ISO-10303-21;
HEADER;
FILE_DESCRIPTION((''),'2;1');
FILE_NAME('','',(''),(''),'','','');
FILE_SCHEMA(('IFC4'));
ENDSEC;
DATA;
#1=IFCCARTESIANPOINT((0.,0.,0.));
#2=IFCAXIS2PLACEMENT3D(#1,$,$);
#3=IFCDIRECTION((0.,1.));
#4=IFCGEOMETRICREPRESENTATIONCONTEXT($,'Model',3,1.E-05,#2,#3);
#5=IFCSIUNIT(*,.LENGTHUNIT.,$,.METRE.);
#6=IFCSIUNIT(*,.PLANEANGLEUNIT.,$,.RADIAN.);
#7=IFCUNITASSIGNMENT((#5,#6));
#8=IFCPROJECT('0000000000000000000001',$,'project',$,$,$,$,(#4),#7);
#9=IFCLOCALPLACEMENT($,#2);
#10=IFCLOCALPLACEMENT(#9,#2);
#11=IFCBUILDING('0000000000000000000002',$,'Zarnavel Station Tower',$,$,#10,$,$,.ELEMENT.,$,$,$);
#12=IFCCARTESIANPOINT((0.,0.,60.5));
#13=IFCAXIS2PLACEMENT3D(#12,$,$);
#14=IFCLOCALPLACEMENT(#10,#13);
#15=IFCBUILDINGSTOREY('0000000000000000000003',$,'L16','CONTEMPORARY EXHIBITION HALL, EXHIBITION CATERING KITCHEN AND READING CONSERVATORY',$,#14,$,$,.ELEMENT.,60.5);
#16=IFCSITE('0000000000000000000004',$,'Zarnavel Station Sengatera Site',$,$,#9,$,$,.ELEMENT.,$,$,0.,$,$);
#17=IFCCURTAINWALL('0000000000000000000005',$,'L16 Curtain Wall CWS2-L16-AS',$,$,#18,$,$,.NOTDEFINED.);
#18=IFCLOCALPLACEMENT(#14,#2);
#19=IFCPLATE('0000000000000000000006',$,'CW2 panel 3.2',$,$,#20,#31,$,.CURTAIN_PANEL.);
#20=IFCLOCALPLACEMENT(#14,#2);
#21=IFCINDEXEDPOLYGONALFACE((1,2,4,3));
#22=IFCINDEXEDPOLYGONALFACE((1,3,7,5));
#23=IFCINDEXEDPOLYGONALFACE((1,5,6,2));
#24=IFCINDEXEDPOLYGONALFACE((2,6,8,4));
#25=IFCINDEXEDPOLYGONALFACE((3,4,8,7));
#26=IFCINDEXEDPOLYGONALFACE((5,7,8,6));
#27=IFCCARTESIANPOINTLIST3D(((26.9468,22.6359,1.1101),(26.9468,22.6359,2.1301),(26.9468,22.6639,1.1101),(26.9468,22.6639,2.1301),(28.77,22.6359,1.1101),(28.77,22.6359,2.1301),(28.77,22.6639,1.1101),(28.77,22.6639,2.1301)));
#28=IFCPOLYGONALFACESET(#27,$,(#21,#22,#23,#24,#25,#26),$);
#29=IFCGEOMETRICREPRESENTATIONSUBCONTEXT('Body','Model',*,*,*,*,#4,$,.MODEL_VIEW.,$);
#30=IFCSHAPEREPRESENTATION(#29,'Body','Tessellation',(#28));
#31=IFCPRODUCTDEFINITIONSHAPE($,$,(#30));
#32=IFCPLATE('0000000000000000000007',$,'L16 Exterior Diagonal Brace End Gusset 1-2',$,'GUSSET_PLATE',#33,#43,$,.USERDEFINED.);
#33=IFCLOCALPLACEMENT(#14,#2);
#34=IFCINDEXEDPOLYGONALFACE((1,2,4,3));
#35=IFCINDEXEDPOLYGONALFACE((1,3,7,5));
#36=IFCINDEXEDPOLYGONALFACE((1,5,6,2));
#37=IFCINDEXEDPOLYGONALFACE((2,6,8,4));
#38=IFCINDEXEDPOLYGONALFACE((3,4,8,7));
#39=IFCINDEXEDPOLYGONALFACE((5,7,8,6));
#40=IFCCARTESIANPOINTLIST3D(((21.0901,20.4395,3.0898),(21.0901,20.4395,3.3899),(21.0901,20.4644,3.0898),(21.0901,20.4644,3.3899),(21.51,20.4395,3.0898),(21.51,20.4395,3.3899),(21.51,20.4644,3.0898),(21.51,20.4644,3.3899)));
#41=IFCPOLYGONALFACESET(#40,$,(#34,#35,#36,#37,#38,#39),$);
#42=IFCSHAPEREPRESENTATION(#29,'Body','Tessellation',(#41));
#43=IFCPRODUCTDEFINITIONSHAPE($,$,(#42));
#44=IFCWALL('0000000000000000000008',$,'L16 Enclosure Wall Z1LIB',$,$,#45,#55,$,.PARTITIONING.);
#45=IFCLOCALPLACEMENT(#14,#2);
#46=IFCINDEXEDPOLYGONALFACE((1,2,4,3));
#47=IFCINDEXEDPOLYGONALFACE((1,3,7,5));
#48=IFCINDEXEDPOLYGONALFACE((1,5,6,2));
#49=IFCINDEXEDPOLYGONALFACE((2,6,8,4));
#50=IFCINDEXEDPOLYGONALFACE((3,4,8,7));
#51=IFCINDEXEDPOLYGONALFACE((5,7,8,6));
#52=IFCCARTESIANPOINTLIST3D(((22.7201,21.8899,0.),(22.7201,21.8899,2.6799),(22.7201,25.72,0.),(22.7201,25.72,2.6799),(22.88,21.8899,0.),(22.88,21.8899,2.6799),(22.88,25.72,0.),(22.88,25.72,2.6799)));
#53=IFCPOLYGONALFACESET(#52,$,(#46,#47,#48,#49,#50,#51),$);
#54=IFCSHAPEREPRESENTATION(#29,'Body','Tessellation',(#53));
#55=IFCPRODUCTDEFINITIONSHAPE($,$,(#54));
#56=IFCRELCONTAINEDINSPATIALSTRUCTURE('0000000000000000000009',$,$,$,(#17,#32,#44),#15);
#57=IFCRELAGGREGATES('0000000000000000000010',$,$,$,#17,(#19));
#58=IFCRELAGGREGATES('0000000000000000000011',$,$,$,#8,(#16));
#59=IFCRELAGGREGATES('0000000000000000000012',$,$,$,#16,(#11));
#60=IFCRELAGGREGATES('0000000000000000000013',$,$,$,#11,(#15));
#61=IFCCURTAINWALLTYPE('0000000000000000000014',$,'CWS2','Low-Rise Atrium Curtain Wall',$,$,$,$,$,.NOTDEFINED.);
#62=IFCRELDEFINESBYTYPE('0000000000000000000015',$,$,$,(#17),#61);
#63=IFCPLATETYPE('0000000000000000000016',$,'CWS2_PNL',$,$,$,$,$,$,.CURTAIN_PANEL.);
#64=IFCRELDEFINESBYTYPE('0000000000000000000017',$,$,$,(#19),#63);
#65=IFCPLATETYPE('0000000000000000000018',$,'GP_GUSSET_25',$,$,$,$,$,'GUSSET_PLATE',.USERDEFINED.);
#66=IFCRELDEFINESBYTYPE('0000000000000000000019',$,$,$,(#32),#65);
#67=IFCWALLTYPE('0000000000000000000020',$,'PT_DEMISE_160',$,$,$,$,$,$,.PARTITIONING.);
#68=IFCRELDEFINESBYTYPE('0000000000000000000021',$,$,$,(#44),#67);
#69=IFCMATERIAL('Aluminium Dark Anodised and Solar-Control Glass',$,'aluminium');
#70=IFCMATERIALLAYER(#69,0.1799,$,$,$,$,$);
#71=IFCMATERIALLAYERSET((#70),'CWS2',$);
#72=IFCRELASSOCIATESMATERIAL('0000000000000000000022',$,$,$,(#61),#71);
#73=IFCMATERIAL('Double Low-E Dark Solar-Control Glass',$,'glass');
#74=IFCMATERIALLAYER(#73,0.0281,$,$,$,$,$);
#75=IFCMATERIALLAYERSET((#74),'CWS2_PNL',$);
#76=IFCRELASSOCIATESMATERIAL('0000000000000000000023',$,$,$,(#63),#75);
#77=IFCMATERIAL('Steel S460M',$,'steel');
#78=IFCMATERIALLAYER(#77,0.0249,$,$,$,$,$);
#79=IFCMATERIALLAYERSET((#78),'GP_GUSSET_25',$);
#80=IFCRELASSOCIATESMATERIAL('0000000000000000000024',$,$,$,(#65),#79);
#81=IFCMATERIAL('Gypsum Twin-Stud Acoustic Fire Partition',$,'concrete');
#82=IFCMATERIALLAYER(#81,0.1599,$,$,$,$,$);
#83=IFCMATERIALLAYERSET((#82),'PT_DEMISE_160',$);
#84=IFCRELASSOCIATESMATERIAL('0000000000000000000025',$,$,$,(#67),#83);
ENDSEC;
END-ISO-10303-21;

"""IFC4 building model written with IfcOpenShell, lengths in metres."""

from ifc_helpers import new_model, si_unit, direction, frame, frame_2d, origin, origin_2d, place, context, subcontext, project, spatial, rectangle, extrude, material, layer, layer_set, type_object, element, aggregate, save


model = new_model("IFC4")

# Units and contexts
model_context = context("Model", 3, precision=1e-05, world=origin(), true_north=direction((0.0, 1.0)))
body_context = subcontext(model_context, "Body", "Model", "MODEL_VIEW")
ifc_project = project(units=[si_unit("LENGTHUNIT", "METRE"), si_unit("PLANEANGLEUNIT", "RADIAN")], contexts=[model_context])

# Site, building, storey
site_placement = place(None, origin())
site = spatial("IfcSite", under=ifc_project, at=site_placement, Name="Zarnavel Station Sengatera Site", CompositionType="ELEMENT", RefElevation=0.0)
building_placement = place(site_placement, origin())
building = spatial("IfcBuilding", under=site, at=building_placement, Name="Zarnavel Station Tower", CompositionType="ELEMENT")
storey_placement = place(building_placement, frame((0.0, 0.0, 60.5)))
storey = spatial("IfcBuildingStorey", under=building, at=storey_placement, Name="L16", Description="CONTEMPORARY EXHIBITION HALL, EXHIBITION CATERING KITCHEN AND READING CONSERVATORY", CompositionType="ELEMENT", Elevation=60.5)

# Curtain wall
ifc_material_1 = material(Name="Aluminium Dark Anodised and Solar-Control Glass", Category="aluminium")
ifc_layer_1 = layer(ifc_material_1, 0.1799)
ifc_layer_set_1 = layer_set([ifc_layer_1], Name="CWS2")
curtain_wall_type = type_object("IfcCurtainWallType", Name="CWS2", Description="Low-Rise Atrium Curtain Wall", PredefinedType="NOTDEFINED", material=ifc_layer_set_1)
curtain_wall_placement = place(storey_placement, origin())
curtain_wall = element("IfcCurtainWall", 1, at=curtain_wall_placement, inside=storey, type_object=curtain_wall_type, Name="L16 Curtain Wall CWS2-L16-AS", PredefinedType="NOTDEFINED")

# Plates
ifc_material_2 = material(Name="Double Low-E Dark Solar-Control Glass", Category="glass")
ifc_layer_2 = layer(ifc_material_2, 0.0281)
ifc_layer_set_2 = layer_set([ifc_layer_2], Name="CWS2_PNL")
plate_type_1 = type_object("IfcPlateType", Name="CWS2_PNL", PredefinedType="CURTAIN_PANEL", material=ifc_layer_set_2)
plate_1_placement = place(storey_placement, frame((27.8584, 22.6499, 1.1101), z_axis=(0.0, 0.0, 1.0), x_axis=(1.0, 0.0, 0.0)))
plate_1 = element("IfcPlate", 2, at=plate_1_placement, type_object=plate_type_1, Name="CW2 panel 3.2", PredefinedType="CURTAIN_PANEL", context=body_context, shape_type="SweptSolid", body=[
    extrude(rectangle(XDim=1.8232, YDim=0.0281, at=origin_2d()), origin(), (0.0, 0.0, 1.0), 1.02),
])
aggregate(curtain_wall, [plate_1])
ifc_material_3 = material(Name="Steel S460M", Category="steel")
ifc_layer_3 = layer(ifc_material_3, 0.0249)
ifc_layer_set_3 = layer_set([ifc_layer_3], Name="GP_GUSSET_25")
plate_type_2 = type_object("IfcPlateType", Name="GP_GUSSET_25", ElementType="GUSSET_PLATE", PredefinedType="USERDEFINED", material=ifc_layer_set_3)
plate_2_placement = place(storey_placement, frame((21.3, 20.4519, 3.0898), z_axis=(0.0, 0.0, 1.0), x_axis=(1.0, 0.0, 0.0)))
element("IfcPlate", 3, at=plate_2_placement, inside=storey, type_object=plate_type_2, Name="L16 Exterior Diagonal Brace End Gusset 1-2", ObjectType="GUSSET_PLATE", PredefinedType="USERDEFINED", context=body_context, shape_type="SweptSolid", body=[
    extrude(rectangle(XDim=0.4199, YDim=0.0249, at=origin_2d()), origin(), (0.0, 0.0, 1.0), 0.3),
])

# Wall
ifc_material_4 = material(Name="Gypsum Twin-Stud Acoustic Fire Partition", Category="concrete")
ifc_layer_4 = layer(ifc_material_4, 0.1599)
ifc_layer_set_4 = layer_set([ifc_layer_4], Name="PT_DEMISE_160")
wall_type = type_object("IfcWallType", Name="PT_DEMISE_160", PredefinedType="PARTITIONING", material=ifc_layer_set_4)
wall_placement = place(storey_placement, frame((22.8, 21.8899, 0.0), z_axis=(0.0, 0.0, 1.0), x_axis=(0.0, 1.0, 0.0)))
element("IfcWall", 4, at=wall_placement, inside=storey, type_object=wall_type, Name="L16 Enclosure Wall Z1LIB", PredefinedType="PARTITIONING", context=body_context, shape_type="SweptSolid", body=[
    extrude(rectangle(XDim=3.8301, YDim=0.1599, at=frame_2d((1.915, 0.0))), origin(), (0.0, 0.0, 1.0), 2.6799),
])

save(model, "model.ifc")
